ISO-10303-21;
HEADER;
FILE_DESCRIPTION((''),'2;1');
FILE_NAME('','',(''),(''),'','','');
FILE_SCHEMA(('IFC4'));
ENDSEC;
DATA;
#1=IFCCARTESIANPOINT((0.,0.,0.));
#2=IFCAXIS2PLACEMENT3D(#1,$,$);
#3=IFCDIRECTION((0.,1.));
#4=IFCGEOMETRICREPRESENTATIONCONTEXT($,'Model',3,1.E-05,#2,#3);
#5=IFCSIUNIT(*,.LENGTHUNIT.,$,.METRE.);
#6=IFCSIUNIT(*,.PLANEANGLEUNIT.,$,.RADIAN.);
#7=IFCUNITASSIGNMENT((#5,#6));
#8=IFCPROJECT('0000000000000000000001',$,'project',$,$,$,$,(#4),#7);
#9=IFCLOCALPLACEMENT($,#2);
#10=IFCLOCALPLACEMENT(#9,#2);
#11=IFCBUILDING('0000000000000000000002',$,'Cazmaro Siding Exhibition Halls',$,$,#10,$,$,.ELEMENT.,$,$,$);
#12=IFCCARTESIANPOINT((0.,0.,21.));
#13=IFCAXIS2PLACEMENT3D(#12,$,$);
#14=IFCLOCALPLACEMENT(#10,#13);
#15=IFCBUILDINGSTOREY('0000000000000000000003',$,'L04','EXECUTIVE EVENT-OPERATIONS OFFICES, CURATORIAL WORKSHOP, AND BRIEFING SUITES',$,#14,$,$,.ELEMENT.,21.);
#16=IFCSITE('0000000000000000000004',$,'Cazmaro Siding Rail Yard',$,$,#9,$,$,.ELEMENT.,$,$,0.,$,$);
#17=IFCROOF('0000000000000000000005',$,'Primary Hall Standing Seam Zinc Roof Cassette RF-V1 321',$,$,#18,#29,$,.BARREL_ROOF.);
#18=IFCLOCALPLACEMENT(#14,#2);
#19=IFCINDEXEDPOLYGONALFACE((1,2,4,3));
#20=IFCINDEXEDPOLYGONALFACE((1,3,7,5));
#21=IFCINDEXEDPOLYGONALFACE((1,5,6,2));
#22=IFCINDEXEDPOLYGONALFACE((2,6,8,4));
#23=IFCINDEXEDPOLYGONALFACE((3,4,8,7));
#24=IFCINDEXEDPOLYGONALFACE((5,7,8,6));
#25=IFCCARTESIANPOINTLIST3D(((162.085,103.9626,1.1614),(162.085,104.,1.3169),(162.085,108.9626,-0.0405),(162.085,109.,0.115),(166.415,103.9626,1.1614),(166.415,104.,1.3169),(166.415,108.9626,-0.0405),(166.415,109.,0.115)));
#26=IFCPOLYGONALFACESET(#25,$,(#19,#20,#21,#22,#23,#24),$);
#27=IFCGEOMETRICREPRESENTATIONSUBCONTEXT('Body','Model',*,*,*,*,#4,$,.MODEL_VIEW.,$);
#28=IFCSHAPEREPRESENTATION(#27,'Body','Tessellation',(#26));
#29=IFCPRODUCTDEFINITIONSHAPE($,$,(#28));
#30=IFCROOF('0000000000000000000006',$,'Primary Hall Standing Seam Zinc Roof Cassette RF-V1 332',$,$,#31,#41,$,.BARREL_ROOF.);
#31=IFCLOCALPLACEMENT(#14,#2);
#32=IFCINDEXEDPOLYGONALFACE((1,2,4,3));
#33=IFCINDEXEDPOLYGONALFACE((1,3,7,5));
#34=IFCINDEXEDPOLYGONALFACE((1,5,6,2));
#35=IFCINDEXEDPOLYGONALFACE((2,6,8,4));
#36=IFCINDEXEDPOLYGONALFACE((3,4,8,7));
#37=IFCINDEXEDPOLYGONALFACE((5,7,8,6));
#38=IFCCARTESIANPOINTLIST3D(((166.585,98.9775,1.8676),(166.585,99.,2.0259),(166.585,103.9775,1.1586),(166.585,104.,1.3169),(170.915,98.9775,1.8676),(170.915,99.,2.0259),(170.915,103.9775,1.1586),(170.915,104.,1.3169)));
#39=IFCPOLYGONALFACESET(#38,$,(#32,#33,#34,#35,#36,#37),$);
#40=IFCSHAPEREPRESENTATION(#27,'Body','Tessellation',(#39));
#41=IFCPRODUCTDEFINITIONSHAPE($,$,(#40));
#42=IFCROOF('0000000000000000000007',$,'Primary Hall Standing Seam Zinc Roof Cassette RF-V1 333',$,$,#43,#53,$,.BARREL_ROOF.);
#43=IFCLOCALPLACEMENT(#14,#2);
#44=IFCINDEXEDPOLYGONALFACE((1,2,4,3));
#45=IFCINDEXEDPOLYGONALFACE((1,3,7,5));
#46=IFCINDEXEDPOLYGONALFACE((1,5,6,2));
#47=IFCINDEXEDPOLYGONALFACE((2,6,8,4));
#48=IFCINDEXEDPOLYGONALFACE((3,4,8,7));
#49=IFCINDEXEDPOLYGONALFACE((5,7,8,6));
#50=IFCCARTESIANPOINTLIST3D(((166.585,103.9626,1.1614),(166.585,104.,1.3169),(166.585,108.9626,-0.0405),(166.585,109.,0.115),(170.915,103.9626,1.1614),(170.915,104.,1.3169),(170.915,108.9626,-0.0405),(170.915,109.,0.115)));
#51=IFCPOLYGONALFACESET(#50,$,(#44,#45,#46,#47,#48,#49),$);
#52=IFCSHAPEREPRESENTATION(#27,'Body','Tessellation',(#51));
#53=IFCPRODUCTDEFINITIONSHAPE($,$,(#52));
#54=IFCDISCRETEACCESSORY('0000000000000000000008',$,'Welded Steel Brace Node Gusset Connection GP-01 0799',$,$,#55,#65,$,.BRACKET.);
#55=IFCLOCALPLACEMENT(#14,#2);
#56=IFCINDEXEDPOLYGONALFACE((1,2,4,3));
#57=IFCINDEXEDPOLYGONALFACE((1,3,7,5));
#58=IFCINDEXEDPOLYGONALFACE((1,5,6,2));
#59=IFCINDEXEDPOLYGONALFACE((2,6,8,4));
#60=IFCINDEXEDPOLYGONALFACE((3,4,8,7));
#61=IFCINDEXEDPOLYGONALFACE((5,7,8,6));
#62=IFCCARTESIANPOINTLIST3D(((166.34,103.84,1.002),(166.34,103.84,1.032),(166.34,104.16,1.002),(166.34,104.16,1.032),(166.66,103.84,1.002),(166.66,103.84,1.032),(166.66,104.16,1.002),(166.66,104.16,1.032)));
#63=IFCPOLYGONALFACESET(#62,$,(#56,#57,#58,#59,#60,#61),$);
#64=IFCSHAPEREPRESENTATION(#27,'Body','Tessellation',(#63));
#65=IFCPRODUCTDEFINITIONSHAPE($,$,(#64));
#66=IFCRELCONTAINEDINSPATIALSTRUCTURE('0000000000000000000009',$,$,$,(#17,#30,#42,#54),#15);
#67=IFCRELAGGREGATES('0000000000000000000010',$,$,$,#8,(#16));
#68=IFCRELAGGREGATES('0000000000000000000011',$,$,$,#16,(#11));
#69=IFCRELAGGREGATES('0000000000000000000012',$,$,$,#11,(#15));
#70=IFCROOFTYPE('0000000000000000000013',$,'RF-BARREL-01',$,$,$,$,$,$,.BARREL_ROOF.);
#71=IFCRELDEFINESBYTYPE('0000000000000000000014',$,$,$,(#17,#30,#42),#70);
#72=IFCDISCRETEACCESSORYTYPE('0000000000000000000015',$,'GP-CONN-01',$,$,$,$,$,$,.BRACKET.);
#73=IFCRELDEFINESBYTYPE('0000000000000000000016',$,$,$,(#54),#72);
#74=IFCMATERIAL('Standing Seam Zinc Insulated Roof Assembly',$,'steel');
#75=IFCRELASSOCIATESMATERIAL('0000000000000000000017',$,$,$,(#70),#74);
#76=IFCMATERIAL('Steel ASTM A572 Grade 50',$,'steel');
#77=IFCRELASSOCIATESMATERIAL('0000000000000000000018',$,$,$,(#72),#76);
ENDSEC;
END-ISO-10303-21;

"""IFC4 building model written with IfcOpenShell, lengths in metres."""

from ifc_helpers import new_model, si_unit, direction, frame, origin, origin_2d, place, context, subcontext, project, spatial, polyline, rectangle, outline, extrude, material, type_object, element, save


model = new_model("IFC4")

# Units and contexts
model_context = context("Model", 3, precision=1e-05, world=origin(), true_north=direction((0.0, 1.0)))
body_context = subcontext(model_context, "Body", "Model", "MODEL_VIEW")
ifc_project = project(units=[si_unit("LENGTHUNIT", "METRE"), si_unit("PLANEANGLEUNIT", "RADIAN")], contexts=[model_context])

# Site, building, storey
site_placement = place(None, origin())
site = spatial("IfcSite", under=ifc_project, at=site_placement, Name="Cazmaro Siding Rail Yard", CompositionType="ELEMENT", RefElevation=0.0)
building_placement = place(site_placement, origin())
building = spatial("IfcBuilding", under=site, at=building_placement, Name="Cazmaro Siding Exhibition Halls", CompositionType="ELEMENT")
storey_placement = place(building_placement, frame((0.0, 0.0, 21.0)))
storey = spatial("IfcBuildingStorey", under=building, at=storey_placement, Name="L04", Description="EXECUTIVE EVENT-OPERATIONS OFFICES, CURATORIAL WORKSHOP, AND BRIEFING SUITES", CompositionType="ELEMENT", Elevation=21.0)

# Roofs
ifc_material_1 = material(Name="Standing Seam Zinc Insulated Roof Assembly", Category="steel")
roof_type = type_object("IfcRoofType", Name="RF-BARREL-01", PredefinedType="BARREL_ROOF", material=ifc_material_1)
roof_1_placement = place(storey_placement, frame((162.085, 104.0, 1.3169), z_axis=(0.0, 0.233723, 0.972303), x_axis=(1.0, 0.0, 0.0)))
element("IfcRoof", 1, at=roof_1_placement, inside=storey, type_object=roof_type, Name="Primary Hall Standing Seam Zinc Roof Cassette RF-V1 321", PredefinedType="BARREL_ROOF", context=body_context, shape_type="SweptSolid", body=[
    extrude(outline(polyline([(0.0, 0.0), (4.3301, 0.0), (4.3301, 5.1424), (0.0, 5.1424), (0.0, 0.0)])), origin(), (0.0, 0.0, -1.0), 0.1599),
])
roof_2_placement = place(storey_placement, frame((166.585, 99.0, 2.0259), z_axis=(0.0, 0.140393, 0.990096), x_axis=(1.0, 0.0, 0.0)))
element("IfcRoof", 2, at=roof_2_placement, inside=storey, type_object=roof_type, Name="Primary Hall Standing Seam Zinc Roof Cassette RF-V1 332", PredefinedType="BARREL_ROOF", context=body_context, shape_type="SweptSolid", body=[
    extrude(outline(polyline([(0.0, 0.0), (4.3301, 0.0), (4.3301, 5.05), (0.0, 5.05), (0.0, 0.0)])), origin(), (0.0, 0.0, -1.0), 0.1599),
])
roof_3_placement = place(storey_placement, frame((166.585, 104.0, 1.3169), z_axis=(0.0, 0.233723, 0.972303), x_axis=(1.0, 0.0, 0.0)))
element("IfcRoof", 3, at=roof_3_placement, inside=storey, type_object=roof_type, Name="Primary Hall Standing Seam Zinc Roof Cassette RF-V1 333", PredefinedType="BARREL_ROOF", context=body_context, shape_type="SweptSolid", body=[
    extrude(outline(polyline([(0.0, 0.0), (4.3301, 0.0), (4.3301, 5.1424), (0.0, 5.1424), (0.0, 0.0)])), origin(), (0.0, 0.0, -1.0), 0.1599),
])

# Discrete accessory
ifc_material_2 = material(Name="Steel ASTM A572 Grade 50", Category="steel")
discrete_accessory_type = type_object("IfcDiscreteAccessoryType", Name="GP-CONN-01", PredefinedType="BRACKET", material=ifc_material_2)
discrete_accessory_placement = place(storey_placement, frame((166.5, 104.0, 1.002), z_axis=(0.0, 0.0, 1.0), x_axis=(1.0, 0.0, 0.0)))
element("IfcDiscreteAccessory", 4, at=discrete_accessory_placement, inside=storey, type_object=discrete_accessory_type, Name="Welded Steel Brace Node Gusset Connection GP-01 0799", PredefinedType="BRACKET", context=body_context, shape_type="SweptSolid", body=[
    extrude(rectangle(XDim=0.3201, YDim=0.3201, at=origin_2d()), origin(), (0.0, 0.0, 1.0), 0.03),
])

save(model, "model.ifc")
